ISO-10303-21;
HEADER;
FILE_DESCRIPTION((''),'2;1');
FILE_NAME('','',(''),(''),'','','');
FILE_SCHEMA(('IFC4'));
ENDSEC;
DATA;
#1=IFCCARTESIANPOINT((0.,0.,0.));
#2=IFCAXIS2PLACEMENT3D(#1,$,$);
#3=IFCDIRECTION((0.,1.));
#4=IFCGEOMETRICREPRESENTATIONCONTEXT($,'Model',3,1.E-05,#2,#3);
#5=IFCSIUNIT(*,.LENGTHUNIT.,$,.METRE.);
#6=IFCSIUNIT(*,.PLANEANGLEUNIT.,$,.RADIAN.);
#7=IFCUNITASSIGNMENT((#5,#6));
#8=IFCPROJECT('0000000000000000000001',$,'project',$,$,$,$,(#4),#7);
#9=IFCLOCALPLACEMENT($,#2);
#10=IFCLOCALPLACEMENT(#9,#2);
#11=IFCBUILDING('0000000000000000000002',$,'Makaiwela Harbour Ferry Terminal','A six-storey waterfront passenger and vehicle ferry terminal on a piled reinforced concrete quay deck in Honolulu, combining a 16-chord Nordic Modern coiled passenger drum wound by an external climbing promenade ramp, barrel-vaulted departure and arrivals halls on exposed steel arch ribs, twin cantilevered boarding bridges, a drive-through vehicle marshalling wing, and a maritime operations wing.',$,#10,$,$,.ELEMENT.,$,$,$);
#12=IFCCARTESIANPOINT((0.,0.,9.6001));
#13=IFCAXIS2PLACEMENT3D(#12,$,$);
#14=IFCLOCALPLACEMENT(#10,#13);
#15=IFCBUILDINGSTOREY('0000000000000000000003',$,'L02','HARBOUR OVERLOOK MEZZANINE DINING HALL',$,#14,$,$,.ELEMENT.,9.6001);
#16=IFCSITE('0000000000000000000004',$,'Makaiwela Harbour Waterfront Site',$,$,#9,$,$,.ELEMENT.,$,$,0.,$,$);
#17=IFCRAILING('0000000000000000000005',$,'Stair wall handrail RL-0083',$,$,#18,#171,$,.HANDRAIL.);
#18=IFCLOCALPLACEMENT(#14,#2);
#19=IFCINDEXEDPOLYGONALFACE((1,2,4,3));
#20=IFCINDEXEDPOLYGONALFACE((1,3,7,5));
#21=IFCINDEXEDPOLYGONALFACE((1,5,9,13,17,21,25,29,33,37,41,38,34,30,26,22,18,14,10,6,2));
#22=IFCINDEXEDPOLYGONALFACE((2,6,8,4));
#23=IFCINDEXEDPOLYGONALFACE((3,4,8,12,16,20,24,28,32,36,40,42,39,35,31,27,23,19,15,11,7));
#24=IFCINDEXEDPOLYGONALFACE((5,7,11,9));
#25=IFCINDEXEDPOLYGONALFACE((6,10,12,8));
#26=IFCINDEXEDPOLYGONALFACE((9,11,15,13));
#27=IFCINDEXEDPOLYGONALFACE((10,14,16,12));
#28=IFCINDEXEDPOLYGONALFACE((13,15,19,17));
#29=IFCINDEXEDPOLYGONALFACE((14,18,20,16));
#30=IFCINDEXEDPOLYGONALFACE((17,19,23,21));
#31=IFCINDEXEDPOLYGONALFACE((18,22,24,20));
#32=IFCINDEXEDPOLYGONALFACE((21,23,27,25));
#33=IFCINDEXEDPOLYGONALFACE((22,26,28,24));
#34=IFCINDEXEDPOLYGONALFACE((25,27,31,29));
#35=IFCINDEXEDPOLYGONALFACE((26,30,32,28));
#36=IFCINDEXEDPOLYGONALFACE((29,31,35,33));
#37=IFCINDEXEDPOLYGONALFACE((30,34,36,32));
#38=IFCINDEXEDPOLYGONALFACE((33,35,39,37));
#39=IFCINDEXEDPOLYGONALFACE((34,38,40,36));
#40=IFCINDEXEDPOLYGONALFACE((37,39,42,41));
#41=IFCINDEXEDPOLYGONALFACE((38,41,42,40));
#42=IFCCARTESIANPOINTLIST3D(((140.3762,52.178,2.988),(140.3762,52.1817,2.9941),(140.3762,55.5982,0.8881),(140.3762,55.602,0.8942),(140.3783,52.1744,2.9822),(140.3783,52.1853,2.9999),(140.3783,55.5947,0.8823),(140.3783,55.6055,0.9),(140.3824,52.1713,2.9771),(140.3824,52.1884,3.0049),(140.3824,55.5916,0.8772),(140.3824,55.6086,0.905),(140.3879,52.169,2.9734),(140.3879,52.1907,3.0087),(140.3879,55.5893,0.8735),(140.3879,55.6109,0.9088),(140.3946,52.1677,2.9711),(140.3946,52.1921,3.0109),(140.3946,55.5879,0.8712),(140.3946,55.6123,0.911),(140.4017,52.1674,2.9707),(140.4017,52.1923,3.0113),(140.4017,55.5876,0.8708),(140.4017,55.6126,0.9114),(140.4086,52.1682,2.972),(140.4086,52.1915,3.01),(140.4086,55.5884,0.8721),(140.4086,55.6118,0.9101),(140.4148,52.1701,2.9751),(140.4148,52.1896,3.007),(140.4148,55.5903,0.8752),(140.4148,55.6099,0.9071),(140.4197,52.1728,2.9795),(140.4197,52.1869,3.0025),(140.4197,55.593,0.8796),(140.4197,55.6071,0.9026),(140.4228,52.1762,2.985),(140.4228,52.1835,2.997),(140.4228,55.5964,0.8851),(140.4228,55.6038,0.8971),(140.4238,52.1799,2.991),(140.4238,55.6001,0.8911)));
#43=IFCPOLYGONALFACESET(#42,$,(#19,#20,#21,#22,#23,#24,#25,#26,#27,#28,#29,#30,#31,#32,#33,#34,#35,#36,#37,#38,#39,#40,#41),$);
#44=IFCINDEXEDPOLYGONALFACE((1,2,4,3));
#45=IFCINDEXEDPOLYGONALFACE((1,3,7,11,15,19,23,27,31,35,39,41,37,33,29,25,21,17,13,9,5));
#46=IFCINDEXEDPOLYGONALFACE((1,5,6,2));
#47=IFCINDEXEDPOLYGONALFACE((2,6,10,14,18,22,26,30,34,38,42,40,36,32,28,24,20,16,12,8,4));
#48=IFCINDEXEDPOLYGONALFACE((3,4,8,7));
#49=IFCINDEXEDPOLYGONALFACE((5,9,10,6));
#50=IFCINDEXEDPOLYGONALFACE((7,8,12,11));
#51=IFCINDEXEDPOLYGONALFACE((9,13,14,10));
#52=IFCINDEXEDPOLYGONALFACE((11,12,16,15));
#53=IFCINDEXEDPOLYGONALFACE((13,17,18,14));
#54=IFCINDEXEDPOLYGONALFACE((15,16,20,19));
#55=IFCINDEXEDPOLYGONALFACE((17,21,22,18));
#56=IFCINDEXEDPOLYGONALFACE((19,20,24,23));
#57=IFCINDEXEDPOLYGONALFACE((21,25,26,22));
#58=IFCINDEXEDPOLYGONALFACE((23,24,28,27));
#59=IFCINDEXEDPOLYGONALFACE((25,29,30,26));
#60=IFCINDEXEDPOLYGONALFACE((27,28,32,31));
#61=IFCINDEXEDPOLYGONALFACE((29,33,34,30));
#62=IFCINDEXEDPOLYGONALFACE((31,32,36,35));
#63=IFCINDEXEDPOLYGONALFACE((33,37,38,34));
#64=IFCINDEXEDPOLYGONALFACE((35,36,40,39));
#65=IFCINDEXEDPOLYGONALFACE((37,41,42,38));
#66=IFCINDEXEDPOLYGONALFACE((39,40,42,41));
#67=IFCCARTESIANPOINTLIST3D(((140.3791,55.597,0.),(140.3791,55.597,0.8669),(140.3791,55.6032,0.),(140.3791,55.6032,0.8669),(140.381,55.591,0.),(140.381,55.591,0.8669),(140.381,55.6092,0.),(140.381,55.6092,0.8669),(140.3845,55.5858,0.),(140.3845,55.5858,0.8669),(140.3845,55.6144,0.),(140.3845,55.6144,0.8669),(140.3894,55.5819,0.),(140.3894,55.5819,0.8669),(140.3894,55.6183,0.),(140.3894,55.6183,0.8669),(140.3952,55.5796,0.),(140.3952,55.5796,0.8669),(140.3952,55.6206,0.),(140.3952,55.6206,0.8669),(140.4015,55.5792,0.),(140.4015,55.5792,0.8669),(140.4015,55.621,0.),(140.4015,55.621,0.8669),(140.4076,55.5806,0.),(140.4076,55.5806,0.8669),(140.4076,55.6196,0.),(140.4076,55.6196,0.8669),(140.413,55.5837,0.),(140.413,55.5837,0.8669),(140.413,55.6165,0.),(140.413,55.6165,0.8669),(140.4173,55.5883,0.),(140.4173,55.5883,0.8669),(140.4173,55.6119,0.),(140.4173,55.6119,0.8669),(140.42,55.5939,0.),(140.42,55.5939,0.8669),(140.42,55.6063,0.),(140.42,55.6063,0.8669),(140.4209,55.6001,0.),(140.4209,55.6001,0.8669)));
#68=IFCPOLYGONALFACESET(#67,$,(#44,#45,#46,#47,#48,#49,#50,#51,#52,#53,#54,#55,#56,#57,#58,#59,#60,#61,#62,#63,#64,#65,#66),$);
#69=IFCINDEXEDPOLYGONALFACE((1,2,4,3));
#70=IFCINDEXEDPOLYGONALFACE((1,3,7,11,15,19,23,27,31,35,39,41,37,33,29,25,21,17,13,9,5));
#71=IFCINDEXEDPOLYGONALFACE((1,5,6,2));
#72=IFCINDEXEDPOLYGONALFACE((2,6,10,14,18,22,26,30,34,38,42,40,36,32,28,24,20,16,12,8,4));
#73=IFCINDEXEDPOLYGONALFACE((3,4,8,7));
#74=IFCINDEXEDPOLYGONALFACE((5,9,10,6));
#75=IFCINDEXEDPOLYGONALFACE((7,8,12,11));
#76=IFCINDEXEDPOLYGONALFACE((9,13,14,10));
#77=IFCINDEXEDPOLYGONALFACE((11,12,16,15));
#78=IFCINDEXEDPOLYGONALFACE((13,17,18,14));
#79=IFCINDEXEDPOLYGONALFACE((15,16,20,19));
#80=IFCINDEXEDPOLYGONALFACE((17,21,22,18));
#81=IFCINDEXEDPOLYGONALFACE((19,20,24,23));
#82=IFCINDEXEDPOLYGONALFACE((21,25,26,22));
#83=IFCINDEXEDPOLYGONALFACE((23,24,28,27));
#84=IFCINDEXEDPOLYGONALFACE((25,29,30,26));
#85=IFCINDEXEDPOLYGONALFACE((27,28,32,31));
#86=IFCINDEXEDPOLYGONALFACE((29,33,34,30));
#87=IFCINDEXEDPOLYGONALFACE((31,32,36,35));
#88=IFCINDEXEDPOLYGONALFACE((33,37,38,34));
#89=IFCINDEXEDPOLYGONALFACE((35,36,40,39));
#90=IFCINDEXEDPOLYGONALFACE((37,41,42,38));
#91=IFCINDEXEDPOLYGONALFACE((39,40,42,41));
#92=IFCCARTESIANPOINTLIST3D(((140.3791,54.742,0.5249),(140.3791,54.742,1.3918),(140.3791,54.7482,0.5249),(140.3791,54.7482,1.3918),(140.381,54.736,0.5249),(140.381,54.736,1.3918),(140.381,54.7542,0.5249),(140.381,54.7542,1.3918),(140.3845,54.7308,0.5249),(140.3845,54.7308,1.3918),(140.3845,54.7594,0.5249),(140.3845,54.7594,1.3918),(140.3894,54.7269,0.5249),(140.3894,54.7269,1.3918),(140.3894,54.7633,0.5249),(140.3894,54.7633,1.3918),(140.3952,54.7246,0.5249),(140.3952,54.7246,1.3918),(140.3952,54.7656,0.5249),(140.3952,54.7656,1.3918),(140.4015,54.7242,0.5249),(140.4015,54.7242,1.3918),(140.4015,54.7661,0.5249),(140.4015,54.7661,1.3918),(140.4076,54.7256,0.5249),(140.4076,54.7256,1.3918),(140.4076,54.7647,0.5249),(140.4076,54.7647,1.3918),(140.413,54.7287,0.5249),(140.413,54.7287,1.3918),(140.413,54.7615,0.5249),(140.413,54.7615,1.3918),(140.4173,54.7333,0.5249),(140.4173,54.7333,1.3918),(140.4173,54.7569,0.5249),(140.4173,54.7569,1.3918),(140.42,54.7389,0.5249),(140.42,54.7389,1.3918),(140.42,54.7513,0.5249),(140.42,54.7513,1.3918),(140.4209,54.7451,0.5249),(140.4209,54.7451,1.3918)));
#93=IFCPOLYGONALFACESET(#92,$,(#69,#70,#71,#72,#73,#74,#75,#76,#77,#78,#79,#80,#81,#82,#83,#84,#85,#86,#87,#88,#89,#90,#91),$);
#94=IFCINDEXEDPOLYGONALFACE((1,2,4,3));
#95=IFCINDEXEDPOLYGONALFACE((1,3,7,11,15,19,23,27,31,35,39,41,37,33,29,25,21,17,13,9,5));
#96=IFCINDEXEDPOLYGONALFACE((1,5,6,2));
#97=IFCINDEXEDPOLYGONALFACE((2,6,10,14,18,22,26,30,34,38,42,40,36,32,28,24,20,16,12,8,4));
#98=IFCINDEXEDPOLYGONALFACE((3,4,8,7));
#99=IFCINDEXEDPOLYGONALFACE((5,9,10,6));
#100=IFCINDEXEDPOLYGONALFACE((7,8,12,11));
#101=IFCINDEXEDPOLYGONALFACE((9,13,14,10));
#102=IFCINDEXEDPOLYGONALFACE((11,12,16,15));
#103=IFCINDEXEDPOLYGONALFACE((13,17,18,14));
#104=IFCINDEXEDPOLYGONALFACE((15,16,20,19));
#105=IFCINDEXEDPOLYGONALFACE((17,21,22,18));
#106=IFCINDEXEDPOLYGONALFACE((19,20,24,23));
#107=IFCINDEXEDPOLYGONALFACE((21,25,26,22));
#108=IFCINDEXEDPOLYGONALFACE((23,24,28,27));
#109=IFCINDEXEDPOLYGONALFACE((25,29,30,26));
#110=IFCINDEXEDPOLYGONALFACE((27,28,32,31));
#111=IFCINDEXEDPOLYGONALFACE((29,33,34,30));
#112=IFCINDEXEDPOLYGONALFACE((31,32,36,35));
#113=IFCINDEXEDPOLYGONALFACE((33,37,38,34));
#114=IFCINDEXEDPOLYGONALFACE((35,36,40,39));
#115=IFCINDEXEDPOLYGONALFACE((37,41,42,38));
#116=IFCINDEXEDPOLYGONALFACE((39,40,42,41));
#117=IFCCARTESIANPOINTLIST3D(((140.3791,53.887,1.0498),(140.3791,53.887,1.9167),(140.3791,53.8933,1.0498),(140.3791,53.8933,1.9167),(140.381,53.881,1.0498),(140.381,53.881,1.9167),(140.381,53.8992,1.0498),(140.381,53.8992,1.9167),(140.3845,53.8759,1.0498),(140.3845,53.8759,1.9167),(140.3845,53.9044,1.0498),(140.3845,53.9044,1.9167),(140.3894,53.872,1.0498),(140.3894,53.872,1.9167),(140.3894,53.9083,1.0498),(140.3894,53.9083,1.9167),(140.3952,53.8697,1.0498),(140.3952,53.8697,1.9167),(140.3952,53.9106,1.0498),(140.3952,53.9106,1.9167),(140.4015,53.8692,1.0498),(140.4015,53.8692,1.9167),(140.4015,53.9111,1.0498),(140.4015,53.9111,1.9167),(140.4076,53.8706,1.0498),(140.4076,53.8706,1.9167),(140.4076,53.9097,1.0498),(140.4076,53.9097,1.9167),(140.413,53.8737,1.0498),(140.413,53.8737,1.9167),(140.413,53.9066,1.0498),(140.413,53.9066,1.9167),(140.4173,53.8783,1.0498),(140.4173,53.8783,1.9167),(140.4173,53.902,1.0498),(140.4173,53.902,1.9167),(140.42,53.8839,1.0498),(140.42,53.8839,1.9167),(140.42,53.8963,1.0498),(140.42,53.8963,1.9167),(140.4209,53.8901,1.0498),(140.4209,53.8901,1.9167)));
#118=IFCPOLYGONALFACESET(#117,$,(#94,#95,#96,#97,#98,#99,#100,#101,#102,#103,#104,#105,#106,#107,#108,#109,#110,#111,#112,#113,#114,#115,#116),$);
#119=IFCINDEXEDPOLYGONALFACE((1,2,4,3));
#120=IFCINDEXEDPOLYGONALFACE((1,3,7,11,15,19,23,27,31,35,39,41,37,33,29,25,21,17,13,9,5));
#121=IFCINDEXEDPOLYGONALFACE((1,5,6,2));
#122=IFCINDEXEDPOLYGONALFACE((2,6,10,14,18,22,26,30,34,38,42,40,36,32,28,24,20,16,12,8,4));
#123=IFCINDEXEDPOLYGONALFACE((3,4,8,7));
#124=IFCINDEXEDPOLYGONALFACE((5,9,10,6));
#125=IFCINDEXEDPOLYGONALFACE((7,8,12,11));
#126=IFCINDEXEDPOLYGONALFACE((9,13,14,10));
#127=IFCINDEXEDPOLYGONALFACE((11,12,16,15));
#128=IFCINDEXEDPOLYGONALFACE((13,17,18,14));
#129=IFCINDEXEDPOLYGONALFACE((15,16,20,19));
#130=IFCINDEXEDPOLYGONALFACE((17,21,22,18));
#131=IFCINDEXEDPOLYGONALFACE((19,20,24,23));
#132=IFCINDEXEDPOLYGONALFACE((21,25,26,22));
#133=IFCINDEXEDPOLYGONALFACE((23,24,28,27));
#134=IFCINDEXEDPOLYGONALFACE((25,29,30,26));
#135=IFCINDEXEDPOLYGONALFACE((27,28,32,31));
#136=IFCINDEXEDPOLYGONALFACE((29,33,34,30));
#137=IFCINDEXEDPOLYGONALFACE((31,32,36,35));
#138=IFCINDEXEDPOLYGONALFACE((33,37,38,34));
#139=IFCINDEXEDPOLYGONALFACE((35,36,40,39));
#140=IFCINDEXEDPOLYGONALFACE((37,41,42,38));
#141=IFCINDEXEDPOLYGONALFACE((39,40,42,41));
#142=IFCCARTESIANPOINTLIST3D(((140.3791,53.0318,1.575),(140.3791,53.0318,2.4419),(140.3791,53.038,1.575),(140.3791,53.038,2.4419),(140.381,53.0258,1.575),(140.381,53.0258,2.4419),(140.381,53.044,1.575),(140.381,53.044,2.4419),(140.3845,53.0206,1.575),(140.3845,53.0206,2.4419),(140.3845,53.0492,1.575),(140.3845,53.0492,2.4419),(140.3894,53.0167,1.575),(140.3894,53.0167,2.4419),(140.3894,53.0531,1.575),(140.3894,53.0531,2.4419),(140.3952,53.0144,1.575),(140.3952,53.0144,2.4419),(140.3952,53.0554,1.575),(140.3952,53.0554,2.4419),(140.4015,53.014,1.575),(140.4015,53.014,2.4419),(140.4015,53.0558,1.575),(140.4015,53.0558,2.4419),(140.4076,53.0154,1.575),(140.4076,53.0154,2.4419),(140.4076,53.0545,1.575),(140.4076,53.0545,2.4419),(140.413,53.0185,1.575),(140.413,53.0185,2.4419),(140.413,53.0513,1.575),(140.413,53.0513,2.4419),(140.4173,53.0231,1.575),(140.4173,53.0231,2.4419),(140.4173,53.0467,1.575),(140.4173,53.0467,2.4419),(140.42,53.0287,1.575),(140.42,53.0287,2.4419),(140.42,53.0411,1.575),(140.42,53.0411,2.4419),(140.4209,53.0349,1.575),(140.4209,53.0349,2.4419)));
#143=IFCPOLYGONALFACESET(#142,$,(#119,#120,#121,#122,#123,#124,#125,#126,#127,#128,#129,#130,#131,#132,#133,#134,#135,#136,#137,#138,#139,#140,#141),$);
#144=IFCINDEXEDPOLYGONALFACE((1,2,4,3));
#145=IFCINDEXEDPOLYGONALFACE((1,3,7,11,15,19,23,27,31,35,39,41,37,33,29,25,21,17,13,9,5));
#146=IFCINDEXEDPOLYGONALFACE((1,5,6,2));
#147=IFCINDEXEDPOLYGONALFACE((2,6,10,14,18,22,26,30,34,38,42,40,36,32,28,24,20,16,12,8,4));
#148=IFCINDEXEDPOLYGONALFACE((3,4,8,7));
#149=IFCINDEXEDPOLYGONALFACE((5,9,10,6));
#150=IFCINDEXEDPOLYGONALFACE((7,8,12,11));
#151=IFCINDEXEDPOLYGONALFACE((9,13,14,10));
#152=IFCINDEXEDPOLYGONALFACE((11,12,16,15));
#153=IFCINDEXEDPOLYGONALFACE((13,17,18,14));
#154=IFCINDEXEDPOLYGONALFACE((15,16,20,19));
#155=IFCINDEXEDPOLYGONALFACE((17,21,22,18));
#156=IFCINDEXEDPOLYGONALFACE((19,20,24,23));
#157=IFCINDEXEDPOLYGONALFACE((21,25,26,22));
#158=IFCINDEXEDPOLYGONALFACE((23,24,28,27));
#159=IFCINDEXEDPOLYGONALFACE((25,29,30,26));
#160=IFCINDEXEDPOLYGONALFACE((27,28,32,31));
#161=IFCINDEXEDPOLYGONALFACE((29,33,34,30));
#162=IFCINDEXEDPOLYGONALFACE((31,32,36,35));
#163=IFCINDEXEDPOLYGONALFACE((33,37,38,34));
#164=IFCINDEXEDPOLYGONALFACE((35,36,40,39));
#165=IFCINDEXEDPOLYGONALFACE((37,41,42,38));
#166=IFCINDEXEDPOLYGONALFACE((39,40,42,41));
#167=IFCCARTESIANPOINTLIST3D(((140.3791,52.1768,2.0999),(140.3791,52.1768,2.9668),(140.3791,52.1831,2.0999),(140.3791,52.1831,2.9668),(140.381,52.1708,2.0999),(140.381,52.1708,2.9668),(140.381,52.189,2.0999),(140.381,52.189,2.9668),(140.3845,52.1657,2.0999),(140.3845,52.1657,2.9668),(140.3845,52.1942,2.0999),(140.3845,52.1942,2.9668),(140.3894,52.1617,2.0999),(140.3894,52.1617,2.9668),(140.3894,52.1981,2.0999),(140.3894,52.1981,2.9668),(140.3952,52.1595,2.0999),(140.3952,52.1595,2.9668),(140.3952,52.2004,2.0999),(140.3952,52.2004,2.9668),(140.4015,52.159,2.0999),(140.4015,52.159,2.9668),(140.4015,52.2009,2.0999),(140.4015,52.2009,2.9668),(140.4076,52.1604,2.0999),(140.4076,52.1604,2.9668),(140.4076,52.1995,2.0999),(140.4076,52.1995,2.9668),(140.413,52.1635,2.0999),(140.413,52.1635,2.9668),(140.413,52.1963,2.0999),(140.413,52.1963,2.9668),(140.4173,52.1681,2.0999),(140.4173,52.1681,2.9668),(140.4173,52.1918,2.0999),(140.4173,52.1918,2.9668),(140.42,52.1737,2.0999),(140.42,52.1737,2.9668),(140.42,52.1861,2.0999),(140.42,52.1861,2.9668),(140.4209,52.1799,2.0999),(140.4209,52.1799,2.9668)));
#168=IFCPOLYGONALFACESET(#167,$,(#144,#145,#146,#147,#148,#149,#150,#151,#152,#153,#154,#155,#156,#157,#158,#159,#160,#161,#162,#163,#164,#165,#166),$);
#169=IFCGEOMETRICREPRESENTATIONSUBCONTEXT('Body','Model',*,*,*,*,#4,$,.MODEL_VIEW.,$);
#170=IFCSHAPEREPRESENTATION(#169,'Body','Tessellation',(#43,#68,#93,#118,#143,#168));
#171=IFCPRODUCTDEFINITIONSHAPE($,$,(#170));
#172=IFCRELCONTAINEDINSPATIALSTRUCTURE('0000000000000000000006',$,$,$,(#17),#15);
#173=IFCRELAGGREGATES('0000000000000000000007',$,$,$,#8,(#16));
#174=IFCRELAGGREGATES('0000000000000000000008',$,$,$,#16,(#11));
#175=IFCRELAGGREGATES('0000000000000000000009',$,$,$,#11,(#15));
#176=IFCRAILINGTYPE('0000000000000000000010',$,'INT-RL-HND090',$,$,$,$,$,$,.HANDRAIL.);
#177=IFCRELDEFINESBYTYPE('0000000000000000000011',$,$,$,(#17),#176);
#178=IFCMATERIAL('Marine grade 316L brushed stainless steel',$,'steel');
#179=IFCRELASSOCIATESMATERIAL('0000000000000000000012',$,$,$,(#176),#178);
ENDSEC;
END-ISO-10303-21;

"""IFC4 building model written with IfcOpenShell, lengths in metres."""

from ifc_helpers import new_model, si_unit, direction, frame, origin, origin_2d, place, context, subcontext, project, spatial, circle, extrude, material, type_object, element, save


model = new_model("IFC4")

# Units and contexts
model_context = context("Model", 3, precision=1e-05, world=origin(), true_north=direction((0.0, 1.0)))
body_context = subcontext(model_context, "Body", "Model", "MODEL_VIEW")
ifc_project = project(units=[si_unit("LENGTHUNIT", "METRE"), si_unit("PLANEANGLEUNIT", "RADIAN")], contexts=[model_context])

# Site, building, storey
site_placement = place(None, origin())
site = spatial("IfcSite", under=ifc_project, at=site_placement, Name="Makaiwela Harbour Waterfront Site", CompositionType="ELEMENT", RefElevation=0.0)
building_placement = place(site_placement, origin())
building = spatial("IfcBuilding", under=site, at=building_placement, Name="Makaiwela Harbour Ferry Terminal", Description="A six-storey waterfront passenger and vehicle ferry terminal on a piled reinforced concrete quay deck in Honolulu, combining a 16-chord Nordic Modern coiled passenger drum wound by an external climbing promenade ramp, barrel-vaulted departure and arrivals halls on exposed steel arch ribs, twin cantilevered boarding bridges, a drive-through vehicle marshalling wing, and a maritime operations wing.", CompositionType="ELEMENT")
storey_placement = place(building_placement, frame((0.0, 0.0, 9.6001)))
storey = spatial("IfcBuildingStorey", under=building, at=storey_placement, Name="L02", Description="HARBOUR OVERLOOK MEZZANINE DINING HALL", CompositionType="ELEMENT", Elevation=9.6001)

# Shared definitions
ifc_material_1 = material(Name="Marine grade 316L brushed stainless steel", Category="steel")

# Railing
railing_type_1 = type_object("IfcRailingType", Name="INT-RL-HND090", PredefinedType="HANDRAIL", material=ifc_material_1)
railing_1_placement = place(storey_placement, frame((140.3999, 55.6001, 0.0)))
element("IfcRailing", 1, at=railing_1_placement, inside=storey, type_object=railing_type_1, Name="Stair wall handrail RL-0083", PredefinedType="HANDRAIL", context=body_context, shape_type="SweptSolid", body=[
    extrude(circle(Radius=0.0239, at=origin_2d()), frame((0.0, 0.0, 0.8911), z_axis=(0.0, -0.852199, 0.523218), x_axis=(1.0, 0.0, 0.0)), (0.0, 0.0, 1.0), 4.0134),
    extrude(circle(Radius=0.021, at=origin_2d()), origin(), (0.0, 0.0, 1.0), 0.8669),
    extrude(circle(Radius=0.021, at=origin_2d()), frame((0.0, -0.855, 0.5249)), (0.0, 0.0, 1.0), 0.8669),
    extrude(circle(Radius=0.021, at=origin_2d()), frame((0.0, -1.71, 1.0498)), (0.0, 0.0, 1.0), 0.8669),
    extrude(circle(Radius=0.021, at=origin_2d()), frame((0.0, -2.5652, 1.575)), (0.0, 0.0, 1.0), 0.8669),
    extrude(circle(Radius=0.021, at=origin_2d()), frame((0.0, -3.4202, 2.0999)), (0.0, 0.0, 1.0), 0.8669),
])

save(model, "model.ifc")
